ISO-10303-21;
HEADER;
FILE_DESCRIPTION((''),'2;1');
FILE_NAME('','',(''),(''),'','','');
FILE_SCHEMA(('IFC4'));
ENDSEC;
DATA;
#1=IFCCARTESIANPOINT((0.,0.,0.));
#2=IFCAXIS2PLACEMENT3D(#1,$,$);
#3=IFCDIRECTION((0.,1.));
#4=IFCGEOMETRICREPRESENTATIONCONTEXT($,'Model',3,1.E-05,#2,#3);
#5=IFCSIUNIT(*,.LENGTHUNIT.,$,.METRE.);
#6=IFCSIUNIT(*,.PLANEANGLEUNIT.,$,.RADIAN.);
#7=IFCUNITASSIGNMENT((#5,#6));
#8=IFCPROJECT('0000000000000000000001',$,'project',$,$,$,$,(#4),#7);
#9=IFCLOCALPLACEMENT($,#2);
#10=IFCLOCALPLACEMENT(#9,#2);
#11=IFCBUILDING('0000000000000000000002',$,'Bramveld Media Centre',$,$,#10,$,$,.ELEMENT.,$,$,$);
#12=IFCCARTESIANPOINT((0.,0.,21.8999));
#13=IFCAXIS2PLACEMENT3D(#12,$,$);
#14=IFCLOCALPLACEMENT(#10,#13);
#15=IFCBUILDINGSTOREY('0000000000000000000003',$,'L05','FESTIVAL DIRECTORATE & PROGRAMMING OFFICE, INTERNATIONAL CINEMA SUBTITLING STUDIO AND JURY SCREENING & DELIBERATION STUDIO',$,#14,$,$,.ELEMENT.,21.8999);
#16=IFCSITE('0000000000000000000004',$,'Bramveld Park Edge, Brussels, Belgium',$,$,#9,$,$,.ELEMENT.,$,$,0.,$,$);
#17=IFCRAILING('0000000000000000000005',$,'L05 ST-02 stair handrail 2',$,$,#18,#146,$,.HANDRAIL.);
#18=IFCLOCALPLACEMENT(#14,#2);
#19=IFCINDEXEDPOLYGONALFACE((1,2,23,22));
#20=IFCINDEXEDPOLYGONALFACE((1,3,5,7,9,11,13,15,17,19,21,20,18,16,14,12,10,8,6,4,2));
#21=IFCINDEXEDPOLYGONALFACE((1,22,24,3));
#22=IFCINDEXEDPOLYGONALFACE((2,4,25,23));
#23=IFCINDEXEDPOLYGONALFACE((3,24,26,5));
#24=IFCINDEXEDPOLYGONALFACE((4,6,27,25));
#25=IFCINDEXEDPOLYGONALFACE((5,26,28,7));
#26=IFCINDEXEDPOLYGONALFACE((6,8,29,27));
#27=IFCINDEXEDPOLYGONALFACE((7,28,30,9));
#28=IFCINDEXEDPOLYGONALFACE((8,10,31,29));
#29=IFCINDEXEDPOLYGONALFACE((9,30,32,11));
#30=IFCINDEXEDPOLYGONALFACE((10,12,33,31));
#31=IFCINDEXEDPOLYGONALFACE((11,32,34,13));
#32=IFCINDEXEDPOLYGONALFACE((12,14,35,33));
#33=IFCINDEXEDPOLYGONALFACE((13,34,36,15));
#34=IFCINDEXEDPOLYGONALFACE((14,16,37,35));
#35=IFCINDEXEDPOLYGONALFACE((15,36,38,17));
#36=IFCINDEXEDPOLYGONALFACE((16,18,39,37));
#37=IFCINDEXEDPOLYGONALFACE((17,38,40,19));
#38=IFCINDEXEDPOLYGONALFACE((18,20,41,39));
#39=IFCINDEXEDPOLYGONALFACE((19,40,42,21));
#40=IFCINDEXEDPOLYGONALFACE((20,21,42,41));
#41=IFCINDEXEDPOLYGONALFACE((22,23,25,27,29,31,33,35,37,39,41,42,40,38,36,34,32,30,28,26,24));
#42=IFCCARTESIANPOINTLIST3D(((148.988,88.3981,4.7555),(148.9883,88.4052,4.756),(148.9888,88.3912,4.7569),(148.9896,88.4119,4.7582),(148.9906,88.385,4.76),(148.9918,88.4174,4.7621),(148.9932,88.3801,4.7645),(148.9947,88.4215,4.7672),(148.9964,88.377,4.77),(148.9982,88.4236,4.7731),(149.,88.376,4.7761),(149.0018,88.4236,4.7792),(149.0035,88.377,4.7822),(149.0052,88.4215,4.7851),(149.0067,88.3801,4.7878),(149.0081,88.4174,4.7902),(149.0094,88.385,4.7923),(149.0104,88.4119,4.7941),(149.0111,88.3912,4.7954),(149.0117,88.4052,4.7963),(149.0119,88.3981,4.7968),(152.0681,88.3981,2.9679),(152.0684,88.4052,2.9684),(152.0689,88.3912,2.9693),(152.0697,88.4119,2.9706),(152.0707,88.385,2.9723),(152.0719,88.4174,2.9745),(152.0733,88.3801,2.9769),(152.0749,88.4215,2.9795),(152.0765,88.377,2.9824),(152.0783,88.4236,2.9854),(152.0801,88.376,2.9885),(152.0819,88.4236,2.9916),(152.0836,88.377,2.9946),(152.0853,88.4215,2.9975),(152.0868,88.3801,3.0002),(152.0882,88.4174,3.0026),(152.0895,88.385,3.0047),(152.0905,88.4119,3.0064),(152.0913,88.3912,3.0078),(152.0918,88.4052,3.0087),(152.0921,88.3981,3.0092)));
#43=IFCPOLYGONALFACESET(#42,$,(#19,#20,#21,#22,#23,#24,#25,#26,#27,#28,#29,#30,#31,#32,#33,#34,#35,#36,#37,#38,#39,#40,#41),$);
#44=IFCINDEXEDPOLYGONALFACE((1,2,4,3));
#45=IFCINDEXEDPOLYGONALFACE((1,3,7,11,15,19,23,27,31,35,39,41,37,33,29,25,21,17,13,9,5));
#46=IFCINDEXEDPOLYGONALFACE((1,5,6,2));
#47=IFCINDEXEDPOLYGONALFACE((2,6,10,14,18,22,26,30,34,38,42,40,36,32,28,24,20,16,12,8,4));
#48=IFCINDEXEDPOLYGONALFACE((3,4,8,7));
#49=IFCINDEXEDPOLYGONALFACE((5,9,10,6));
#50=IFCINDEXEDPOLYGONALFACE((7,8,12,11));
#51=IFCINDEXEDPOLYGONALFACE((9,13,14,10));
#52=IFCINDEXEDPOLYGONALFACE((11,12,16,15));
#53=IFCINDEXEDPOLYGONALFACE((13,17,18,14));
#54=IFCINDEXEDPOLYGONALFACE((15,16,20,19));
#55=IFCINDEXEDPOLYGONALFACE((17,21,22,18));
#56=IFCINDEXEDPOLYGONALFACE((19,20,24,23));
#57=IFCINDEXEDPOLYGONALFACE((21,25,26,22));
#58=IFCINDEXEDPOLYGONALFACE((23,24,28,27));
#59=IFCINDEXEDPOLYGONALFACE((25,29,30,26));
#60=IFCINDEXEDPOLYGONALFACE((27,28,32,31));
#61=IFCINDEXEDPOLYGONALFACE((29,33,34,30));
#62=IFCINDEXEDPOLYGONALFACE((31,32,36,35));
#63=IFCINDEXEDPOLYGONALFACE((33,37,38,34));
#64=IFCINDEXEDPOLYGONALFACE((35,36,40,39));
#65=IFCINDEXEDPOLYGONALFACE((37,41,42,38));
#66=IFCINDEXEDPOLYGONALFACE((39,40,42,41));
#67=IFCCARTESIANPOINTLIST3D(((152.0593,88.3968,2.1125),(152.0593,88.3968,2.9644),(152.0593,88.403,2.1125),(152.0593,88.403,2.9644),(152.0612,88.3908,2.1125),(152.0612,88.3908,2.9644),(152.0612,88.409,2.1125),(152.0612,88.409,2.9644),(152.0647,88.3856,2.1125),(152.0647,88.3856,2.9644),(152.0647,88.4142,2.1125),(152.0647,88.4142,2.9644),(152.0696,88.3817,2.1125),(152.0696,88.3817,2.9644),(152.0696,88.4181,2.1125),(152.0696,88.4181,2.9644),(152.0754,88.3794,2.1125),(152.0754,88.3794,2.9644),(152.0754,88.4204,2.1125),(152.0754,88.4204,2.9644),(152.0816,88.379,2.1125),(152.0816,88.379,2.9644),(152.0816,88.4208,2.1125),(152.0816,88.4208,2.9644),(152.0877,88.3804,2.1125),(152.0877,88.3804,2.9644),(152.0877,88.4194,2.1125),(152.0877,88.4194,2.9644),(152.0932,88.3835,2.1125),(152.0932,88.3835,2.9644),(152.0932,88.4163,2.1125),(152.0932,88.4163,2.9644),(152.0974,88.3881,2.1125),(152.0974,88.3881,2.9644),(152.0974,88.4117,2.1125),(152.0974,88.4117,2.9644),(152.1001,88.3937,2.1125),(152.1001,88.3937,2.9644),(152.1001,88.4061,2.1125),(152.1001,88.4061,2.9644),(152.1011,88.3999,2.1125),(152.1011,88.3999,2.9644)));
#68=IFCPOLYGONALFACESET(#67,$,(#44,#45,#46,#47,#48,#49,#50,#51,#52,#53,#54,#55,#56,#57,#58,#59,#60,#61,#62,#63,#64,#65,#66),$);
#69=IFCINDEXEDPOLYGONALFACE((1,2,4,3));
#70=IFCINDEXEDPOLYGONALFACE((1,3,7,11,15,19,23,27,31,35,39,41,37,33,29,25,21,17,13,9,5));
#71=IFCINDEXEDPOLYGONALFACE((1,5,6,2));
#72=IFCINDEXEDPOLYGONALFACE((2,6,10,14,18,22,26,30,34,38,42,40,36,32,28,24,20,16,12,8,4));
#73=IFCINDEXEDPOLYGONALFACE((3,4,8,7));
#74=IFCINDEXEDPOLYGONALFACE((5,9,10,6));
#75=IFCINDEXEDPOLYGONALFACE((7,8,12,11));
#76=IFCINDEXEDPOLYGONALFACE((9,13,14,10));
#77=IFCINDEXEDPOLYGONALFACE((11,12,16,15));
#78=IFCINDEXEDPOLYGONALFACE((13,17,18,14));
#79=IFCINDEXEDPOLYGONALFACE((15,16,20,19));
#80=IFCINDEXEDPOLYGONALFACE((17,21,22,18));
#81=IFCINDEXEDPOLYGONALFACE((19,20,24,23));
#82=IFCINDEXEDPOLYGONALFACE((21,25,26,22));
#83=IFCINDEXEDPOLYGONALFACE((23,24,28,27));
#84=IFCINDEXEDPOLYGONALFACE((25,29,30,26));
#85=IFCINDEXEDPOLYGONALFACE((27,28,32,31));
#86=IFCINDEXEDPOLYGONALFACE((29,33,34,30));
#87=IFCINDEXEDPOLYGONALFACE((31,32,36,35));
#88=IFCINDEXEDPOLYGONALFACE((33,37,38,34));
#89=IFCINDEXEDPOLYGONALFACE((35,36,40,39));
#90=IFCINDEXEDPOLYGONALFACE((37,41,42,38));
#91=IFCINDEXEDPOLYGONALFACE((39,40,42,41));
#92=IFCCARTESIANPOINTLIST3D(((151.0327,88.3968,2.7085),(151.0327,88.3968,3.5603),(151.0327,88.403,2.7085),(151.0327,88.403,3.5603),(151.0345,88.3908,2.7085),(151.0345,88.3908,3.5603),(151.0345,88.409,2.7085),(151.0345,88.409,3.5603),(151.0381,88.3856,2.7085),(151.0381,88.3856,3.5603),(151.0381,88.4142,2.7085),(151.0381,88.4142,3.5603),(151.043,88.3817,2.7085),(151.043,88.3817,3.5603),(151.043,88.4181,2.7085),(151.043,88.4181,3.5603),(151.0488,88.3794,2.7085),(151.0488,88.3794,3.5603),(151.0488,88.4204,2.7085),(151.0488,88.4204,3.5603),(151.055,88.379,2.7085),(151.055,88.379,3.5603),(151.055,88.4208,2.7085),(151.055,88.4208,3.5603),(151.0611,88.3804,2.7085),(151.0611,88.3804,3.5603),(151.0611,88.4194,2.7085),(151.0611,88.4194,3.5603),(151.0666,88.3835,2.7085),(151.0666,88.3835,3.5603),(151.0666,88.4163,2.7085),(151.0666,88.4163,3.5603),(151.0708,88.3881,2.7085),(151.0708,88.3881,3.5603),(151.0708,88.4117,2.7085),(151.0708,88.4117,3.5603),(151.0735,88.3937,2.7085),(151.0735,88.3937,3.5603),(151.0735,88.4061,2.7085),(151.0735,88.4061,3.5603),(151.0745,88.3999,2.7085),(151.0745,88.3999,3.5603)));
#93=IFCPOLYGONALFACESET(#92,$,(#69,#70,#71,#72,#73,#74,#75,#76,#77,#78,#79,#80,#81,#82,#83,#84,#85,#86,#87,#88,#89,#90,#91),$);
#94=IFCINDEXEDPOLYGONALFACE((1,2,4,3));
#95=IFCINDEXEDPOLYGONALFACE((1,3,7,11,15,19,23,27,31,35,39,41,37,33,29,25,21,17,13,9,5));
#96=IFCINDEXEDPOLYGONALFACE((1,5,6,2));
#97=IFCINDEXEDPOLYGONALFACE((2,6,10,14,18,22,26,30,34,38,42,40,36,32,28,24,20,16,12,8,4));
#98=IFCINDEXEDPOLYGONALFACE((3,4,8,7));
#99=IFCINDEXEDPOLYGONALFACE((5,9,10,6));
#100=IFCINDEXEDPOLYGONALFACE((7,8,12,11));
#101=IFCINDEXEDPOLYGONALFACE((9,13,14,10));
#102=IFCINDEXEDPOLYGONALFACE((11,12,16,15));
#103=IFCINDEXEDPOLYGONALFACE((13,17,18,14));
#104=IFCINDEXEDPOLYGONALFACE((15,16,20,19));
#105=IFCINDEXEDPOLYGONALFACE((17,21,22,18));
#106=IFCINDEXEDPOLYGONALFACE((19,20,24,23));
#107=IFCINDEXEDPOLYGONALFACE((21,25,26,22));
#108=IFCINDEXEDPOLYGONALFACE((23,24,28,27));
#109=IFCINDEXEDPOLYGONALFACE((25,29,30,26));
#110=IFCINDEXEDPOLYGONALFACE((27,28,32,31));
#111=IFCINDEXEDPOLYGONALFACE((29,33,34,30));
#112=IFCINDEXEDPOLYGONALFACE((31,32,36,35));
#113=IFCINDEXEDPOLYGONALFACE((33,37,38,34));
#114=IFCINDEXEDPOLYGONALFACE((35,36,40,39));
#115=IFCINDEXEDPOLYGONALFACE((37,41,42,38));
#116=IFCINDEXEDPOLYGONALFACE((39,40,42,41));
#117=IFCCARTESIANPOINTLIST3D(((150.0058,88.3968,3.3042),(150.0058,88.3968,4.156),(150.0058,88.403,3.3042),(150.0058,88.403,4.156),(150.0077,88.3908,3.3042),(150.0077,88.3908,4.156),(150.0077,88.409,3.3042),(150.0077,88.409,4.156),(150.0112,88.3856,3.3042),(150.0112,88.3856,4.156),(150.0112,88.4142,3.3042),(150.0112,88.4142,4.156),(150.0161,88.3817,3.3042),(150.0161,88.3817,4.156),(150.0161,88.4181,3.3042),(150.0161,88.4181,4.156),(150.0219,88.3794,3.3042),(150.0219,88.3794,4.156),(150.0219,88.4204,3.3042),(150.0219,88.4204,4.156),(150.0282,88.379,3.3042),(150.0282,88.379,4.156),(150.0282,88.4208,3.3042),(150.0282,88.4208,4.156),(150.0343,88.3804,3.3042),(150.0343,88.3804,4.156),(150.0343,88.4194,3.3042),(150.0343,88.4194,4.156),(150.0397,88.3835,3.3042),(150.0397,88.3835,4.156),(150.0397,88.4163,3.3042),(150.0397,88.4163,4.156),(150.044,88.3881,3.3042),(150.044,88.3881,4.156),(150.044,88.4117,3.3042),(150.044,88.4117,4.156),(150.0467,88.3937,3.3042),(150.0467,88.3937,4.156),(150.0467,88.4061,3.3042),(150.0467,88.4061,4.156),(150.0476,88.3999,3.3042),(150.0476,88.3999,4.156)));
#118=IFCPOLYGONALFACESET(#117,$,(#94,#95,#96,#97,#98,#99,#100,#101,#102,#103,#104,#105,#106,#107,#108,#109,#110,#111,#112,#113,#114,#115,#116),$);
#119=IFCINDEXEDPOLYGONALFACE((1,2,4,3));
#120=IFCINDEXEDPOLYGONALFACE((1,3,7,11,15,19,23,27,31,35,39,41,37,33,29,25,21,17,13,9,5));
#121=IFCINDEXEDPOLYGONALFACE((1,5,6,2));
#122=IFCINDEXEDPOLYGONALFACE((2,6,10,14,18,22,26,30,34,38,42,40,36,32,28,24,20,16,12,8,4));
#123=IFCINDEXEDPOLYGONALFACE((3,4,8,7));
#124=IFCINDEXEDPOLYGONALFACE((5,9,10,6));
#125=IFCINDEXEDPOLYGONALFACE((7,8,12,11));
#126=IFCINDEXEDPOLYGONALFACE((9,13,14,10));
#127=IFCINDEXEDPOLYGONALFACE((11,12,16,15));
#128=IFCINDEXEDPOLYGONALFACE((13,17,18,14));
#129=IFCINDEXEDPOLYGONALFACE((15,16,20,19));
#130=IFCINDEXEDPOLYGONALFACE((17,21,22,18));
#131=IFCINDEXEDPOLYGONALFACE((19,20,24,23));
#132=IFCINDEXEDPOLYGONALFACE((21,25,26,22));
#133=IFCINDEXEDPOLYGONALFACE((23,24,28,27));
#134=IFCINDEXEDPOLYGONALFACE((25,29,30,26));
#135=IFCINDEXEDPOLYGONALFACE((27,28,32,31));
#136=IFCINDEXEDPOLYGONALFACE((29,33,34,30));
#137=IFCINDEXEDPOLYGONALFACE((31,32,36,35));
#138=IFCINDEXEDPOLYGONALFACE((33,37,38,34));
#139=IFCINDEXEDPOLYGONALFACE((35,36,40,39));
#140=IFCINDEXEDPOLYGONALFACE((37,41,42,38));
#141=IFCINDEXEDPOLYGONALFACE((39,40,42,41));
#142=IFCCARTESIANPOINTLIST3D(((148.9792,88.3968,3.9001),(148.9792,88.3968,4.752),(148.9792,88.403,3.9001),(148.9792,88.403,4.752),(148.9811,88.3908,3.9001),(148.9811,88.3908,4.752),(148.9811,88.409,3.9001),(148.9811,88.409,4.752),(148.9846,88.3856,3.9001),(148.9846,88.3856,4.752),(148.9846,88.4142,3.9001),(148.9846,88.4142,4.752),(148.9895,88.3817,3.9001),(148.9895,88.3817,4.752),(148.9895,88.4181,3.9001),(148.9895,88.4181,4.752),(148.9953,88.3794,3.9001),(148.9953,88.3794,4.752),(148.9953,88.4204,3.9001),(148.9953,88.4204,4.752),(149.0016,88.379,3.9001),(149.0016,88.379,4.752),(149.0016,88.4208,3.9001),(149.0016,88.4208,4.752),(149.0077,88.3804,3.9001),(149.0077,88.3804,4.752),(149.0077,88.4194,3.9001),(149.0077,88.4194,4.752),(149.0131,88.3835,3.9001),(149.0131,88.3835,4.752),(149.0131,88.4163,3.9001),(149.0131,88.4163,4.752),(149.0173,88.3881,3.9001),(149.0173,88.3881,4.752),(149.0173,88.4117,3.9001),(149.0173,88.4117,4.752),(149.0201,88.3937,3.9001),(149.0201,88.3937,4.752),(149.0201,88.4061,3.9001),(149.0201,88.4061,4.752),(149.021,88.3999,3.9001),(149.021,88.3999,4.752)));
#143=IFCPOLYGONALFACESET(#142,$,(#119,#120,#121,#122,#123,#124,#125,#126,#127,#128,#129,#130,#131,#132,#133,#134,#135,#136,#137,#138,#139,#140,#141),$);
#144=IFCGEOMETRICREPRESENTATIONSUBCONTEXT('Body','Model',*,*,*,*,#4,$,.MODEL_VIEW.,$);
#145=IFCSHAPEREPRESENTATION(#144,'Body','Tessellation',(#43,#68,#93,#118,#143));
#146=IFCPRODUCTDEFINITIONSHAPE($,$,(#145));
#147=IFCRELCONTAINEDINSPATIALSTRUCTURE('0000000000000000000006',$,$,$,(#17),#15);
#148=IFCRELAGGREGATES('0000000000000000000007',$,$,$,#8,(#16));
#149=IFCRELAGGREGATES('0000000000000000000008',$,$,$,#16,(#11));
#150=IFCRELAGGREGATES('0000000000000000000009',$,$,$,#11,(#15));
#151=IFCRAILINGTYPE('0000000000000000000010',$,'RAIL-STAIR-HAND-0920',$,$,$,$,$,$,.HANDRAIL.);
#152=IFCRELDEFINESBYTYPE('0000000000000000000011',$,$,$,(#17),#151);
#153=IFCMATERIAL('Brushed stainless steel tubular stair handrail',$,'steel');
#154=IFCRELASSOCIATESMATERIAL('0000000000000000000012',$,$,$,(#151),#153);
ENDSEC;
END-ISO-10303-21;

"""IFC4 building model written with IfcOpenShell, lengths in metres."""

from ifc_helpers import new_model, si_unit, direction, frame, origin, origin_2d, place, context, subcontext, project, spatial, circle, extrude, material, type_object, element, save


model = new_model("IFC4")

# Units and contexts
model_context = context("Model", 3, precision=1e-05, world=origin(), true_north=direction((0.0, 1.0)))
body_context = subcontext(model_context, "Body", "Model", "MODEL_VIEW")
ifc_project = project(units=[si_unit("LENGTHUNIT", "METRE"), si_unit("PLANEANGLEUNIT", "RADIAN")], contexts=[model_context])

# Site, building, storey
site_placement = place(None, origin())
site = spatial("IfcSite", under=ifc_project, at=site_placement, Name="Bramveld Park Edge, Brussels, Belgium", CompositionType="ELEMENT", RefElevation=0.0)
building_placement = place(site_placement, origin())
building = spatial("IfcBuilding", under=site, at=building_placement, Name="Bramveld Media Centre", CompositionType="ELEMENT")
storey_placement = place(building_placement, frame((0.0, 0.0, 21.8999)))
storey = spatial("IfcBuildingStorey", under=building, at=storey_placement, Name="L05", Description="FESTIVAL DIRECTORATE & PROGRAMMING OFFICE, INTERNATIONAL CINEMA SUBTITLING STUDIO AND JURY SCREENING & DELIBERATION STUDIO", CompositionType="ELEMENT", Elevation=21.8999)

# Railing
ifc_material_1 = material(Name="Brushed stainless steel tubular stair handrail", Category="steel")
railing_type = type_object("IfcRailingType", Name="RAIL-STAIR-HAND-0920", PredefinedType="HANDRAIL", material=ifc_material_1)
railing_placement = place(storey_placement, frame((152.0801, 88.3999, 2.1125)))
element("IfcRailing", 1, at=railing_placement, inside=storey, type_object=railing_type, Name="L05 ST-02 stair handrail 2", PredefinedType="HANDRAIL", context=body_context, shape_type="SweptSolid", body=[
    extrude(circle(Radius=0.0239, at=origin_2d()), frame((0.0, 0.0, 0.876), z_axis=(-0.864891, 0.0, 0.50196), x_axis=(0.0, -1.0, 0.0)), (0.0, 0.0, 1.0), 3.5613),
    extrude(circle(Radius=0.021, at=origin_2d()), origin(), (0.0, 0.0, 1.0), 0.8518),
    extrude(circle(Radius=0.021, at=origin_2d()), frame((-1.0266, 0.0, 0.5959)), (0.0, 0.0, 1.0), 0.8518),
    extrude(circle(Radius=0.021, at=origin_2d()), frame((-2.0535, 0.0, 1.1917)), (0.0, 0.0, 1.0), 0.8518),
    extrude(circle(Radius=0.021, at=origin_2d()), frame((-3.0801, 0.0, 1.7876)), (0.0, 0.0, 1.0), 0.8518),
])

save(model, "model.ifc")
